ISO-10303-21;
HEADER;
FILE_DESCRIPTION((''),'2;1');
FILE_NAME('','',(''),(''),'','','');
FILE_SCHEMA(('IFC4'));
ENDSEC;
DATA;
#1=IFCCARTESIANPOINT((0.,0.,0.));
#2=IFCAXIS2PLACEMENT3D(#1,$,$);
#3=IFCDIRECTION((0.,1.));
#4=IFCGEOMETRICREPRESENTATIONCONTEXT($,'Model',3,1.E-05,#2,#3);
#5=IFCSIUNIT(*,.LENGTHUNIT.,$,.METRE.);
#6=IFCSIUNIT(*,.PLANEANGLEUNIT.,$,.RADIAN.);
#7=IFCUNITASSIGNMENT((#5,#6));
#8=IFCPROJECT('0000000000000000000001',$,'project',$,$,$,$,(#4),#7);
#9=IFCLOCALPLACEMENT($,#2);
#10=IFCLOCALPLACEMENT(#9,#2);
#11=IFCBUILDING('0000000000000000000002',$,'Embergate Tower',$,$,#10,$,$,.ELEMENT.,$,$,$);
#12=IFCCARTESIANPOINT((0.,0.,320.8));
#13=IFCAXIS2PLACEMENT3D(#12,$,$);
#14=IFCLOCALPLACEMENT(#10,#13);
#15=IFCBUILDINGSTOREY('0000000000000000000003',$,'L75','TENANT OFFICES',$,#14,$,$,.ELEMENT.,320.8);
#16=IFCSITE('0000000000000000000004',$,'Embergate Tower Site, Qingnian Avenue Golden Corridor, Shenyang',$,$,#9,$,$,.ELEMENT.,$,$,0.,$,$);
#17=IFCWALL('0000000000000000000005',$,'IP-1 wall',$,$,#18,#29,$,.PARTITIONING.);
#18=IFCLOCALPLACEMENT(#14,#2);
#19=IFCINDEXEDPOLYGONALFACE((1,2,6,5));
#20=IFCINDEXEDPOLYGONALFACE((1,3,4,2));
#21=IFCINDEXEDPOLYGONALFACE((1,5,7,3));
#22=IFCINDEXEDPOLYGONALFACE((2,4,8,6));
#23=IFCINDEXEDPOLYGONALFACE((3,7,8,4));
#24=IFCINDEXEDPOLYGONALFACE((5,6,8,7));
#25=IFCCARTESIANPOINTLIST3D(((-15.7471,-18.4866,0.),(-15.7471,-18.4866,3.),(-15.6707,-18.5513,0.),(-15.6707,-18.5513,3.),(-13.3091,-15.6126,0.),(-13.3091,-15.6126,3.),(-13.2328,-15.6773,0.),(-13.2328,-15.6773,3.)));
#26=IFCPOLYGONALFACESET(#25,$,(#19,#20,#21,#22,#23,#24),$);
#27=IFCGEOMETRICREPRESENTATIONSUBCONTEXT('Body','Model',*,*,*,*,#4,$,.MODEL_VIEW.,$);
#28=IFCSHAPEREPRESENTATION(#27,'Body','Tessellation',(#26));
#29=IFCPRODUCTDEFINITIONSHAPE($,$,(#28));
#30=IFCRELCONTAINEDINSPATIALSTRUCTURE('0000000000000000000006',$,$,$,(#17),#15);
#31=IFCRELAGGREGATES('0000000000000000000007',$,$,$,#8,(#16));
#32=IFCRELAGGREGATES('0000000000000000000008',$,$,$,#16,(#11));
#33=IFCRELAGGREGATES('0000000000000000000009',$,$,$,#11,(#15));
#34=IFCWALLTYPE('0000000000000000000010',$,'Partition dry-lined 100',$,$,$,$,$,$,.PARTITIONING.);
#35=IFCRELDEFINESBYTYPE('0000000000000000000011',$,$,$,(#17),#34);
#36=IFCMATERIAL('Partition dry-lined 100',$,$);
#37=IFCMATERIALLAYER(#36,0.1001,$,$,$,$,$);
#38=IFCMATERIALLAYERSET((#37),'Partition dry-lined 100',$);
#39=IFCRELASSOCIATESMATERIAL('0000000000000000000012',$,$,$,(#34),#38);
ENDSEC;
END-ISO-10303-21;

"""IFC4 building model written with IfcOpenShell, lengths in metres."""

from ifc_helpers import new_model, si_unit, direction, frame, frame_2d, origin, place, context, subcontext, project, spatial, rectangle, extrude, source, transform, mapped, material, layer, layer_set, type_object, element, save


model = new_model("IFC4")

# Units and contexts
model_context = context("Model", 3, precision=1e-05, world=origin(), true_north=direction((0.0, 1.0)))
body_context = subcontext(model_context, "Body", "Model", "MODEL_VIEW")
ifc_project = project(units=[si_unit("LENGTHUNIT", "METRE"), si_unit("PLANEANGLEUNIT", "RADIAN")], contexts=[model_context])

# Site, building, storey
site_placement = place(None, origin())
site = spatial("IfcSite", under=ifc_project, at=site_placement, Name="Embergate Tower Site, Qingnian Avenue Golden Corridor, Shenyang", CompositionType="ELEMENT", RefElevation=0.0)
building_placement = place(site_placement, origin())
building = spatial("IfcBuilding", under=site, at=building_placement, Name="Embergate Tower", CompositionType="ELEMENT")
storey_placement = place(building_placement, frame((0.0, 0.0, 320.8)))
storey = spatial("IfcBuildingStorey", under=building, at=storey_placement, Name="L75", Description="TENANT OFFICES", CompositionType="ELEMENT", Elevation=320.8)

# Wall
ifc_material_1 = material(Name="Partition dry-lined 100")
ifc_layer_1 = layer(ifc_material_1, 0.1001)
ifc_layer_set_1 = layer_set([ifc_layer_1], Name="Partition dry-lined 100")
wall_type = type_object("IfcWallType", Name="Partition dry-lined 100", PredefinedType="PARTITIONING", material=ifc_layer_set_1)
shared_shape_1 = source(origin(), body_context, "Body", "SweptSolid", [
    extrude(rectangle(XDim=3.7688, YDim=0.1001, at=frame_2d((1.8843, 0.0))), origin(), (0.0, 0.0, 1.0), 3.0),
])
wall_placement = place(storey_placement, frame((-13.271, -15.645, 0.0), z_axis=(0.0, 0.0, 1.0), x_axis=(-0.646888, -0.762585, 0.0)))
element("IfcWall", 1, at=wall_placement, inside=storey, type_object=wall_type, Name="IP-1 wall", PredefinedType="PARTITIONING", context=body_context, shape_type="MappedRepresentation", body=[
    mapped(shared_shape_1, transform((0.0, 0.0, 0.0))),
])

save(model, "model.ifc")
